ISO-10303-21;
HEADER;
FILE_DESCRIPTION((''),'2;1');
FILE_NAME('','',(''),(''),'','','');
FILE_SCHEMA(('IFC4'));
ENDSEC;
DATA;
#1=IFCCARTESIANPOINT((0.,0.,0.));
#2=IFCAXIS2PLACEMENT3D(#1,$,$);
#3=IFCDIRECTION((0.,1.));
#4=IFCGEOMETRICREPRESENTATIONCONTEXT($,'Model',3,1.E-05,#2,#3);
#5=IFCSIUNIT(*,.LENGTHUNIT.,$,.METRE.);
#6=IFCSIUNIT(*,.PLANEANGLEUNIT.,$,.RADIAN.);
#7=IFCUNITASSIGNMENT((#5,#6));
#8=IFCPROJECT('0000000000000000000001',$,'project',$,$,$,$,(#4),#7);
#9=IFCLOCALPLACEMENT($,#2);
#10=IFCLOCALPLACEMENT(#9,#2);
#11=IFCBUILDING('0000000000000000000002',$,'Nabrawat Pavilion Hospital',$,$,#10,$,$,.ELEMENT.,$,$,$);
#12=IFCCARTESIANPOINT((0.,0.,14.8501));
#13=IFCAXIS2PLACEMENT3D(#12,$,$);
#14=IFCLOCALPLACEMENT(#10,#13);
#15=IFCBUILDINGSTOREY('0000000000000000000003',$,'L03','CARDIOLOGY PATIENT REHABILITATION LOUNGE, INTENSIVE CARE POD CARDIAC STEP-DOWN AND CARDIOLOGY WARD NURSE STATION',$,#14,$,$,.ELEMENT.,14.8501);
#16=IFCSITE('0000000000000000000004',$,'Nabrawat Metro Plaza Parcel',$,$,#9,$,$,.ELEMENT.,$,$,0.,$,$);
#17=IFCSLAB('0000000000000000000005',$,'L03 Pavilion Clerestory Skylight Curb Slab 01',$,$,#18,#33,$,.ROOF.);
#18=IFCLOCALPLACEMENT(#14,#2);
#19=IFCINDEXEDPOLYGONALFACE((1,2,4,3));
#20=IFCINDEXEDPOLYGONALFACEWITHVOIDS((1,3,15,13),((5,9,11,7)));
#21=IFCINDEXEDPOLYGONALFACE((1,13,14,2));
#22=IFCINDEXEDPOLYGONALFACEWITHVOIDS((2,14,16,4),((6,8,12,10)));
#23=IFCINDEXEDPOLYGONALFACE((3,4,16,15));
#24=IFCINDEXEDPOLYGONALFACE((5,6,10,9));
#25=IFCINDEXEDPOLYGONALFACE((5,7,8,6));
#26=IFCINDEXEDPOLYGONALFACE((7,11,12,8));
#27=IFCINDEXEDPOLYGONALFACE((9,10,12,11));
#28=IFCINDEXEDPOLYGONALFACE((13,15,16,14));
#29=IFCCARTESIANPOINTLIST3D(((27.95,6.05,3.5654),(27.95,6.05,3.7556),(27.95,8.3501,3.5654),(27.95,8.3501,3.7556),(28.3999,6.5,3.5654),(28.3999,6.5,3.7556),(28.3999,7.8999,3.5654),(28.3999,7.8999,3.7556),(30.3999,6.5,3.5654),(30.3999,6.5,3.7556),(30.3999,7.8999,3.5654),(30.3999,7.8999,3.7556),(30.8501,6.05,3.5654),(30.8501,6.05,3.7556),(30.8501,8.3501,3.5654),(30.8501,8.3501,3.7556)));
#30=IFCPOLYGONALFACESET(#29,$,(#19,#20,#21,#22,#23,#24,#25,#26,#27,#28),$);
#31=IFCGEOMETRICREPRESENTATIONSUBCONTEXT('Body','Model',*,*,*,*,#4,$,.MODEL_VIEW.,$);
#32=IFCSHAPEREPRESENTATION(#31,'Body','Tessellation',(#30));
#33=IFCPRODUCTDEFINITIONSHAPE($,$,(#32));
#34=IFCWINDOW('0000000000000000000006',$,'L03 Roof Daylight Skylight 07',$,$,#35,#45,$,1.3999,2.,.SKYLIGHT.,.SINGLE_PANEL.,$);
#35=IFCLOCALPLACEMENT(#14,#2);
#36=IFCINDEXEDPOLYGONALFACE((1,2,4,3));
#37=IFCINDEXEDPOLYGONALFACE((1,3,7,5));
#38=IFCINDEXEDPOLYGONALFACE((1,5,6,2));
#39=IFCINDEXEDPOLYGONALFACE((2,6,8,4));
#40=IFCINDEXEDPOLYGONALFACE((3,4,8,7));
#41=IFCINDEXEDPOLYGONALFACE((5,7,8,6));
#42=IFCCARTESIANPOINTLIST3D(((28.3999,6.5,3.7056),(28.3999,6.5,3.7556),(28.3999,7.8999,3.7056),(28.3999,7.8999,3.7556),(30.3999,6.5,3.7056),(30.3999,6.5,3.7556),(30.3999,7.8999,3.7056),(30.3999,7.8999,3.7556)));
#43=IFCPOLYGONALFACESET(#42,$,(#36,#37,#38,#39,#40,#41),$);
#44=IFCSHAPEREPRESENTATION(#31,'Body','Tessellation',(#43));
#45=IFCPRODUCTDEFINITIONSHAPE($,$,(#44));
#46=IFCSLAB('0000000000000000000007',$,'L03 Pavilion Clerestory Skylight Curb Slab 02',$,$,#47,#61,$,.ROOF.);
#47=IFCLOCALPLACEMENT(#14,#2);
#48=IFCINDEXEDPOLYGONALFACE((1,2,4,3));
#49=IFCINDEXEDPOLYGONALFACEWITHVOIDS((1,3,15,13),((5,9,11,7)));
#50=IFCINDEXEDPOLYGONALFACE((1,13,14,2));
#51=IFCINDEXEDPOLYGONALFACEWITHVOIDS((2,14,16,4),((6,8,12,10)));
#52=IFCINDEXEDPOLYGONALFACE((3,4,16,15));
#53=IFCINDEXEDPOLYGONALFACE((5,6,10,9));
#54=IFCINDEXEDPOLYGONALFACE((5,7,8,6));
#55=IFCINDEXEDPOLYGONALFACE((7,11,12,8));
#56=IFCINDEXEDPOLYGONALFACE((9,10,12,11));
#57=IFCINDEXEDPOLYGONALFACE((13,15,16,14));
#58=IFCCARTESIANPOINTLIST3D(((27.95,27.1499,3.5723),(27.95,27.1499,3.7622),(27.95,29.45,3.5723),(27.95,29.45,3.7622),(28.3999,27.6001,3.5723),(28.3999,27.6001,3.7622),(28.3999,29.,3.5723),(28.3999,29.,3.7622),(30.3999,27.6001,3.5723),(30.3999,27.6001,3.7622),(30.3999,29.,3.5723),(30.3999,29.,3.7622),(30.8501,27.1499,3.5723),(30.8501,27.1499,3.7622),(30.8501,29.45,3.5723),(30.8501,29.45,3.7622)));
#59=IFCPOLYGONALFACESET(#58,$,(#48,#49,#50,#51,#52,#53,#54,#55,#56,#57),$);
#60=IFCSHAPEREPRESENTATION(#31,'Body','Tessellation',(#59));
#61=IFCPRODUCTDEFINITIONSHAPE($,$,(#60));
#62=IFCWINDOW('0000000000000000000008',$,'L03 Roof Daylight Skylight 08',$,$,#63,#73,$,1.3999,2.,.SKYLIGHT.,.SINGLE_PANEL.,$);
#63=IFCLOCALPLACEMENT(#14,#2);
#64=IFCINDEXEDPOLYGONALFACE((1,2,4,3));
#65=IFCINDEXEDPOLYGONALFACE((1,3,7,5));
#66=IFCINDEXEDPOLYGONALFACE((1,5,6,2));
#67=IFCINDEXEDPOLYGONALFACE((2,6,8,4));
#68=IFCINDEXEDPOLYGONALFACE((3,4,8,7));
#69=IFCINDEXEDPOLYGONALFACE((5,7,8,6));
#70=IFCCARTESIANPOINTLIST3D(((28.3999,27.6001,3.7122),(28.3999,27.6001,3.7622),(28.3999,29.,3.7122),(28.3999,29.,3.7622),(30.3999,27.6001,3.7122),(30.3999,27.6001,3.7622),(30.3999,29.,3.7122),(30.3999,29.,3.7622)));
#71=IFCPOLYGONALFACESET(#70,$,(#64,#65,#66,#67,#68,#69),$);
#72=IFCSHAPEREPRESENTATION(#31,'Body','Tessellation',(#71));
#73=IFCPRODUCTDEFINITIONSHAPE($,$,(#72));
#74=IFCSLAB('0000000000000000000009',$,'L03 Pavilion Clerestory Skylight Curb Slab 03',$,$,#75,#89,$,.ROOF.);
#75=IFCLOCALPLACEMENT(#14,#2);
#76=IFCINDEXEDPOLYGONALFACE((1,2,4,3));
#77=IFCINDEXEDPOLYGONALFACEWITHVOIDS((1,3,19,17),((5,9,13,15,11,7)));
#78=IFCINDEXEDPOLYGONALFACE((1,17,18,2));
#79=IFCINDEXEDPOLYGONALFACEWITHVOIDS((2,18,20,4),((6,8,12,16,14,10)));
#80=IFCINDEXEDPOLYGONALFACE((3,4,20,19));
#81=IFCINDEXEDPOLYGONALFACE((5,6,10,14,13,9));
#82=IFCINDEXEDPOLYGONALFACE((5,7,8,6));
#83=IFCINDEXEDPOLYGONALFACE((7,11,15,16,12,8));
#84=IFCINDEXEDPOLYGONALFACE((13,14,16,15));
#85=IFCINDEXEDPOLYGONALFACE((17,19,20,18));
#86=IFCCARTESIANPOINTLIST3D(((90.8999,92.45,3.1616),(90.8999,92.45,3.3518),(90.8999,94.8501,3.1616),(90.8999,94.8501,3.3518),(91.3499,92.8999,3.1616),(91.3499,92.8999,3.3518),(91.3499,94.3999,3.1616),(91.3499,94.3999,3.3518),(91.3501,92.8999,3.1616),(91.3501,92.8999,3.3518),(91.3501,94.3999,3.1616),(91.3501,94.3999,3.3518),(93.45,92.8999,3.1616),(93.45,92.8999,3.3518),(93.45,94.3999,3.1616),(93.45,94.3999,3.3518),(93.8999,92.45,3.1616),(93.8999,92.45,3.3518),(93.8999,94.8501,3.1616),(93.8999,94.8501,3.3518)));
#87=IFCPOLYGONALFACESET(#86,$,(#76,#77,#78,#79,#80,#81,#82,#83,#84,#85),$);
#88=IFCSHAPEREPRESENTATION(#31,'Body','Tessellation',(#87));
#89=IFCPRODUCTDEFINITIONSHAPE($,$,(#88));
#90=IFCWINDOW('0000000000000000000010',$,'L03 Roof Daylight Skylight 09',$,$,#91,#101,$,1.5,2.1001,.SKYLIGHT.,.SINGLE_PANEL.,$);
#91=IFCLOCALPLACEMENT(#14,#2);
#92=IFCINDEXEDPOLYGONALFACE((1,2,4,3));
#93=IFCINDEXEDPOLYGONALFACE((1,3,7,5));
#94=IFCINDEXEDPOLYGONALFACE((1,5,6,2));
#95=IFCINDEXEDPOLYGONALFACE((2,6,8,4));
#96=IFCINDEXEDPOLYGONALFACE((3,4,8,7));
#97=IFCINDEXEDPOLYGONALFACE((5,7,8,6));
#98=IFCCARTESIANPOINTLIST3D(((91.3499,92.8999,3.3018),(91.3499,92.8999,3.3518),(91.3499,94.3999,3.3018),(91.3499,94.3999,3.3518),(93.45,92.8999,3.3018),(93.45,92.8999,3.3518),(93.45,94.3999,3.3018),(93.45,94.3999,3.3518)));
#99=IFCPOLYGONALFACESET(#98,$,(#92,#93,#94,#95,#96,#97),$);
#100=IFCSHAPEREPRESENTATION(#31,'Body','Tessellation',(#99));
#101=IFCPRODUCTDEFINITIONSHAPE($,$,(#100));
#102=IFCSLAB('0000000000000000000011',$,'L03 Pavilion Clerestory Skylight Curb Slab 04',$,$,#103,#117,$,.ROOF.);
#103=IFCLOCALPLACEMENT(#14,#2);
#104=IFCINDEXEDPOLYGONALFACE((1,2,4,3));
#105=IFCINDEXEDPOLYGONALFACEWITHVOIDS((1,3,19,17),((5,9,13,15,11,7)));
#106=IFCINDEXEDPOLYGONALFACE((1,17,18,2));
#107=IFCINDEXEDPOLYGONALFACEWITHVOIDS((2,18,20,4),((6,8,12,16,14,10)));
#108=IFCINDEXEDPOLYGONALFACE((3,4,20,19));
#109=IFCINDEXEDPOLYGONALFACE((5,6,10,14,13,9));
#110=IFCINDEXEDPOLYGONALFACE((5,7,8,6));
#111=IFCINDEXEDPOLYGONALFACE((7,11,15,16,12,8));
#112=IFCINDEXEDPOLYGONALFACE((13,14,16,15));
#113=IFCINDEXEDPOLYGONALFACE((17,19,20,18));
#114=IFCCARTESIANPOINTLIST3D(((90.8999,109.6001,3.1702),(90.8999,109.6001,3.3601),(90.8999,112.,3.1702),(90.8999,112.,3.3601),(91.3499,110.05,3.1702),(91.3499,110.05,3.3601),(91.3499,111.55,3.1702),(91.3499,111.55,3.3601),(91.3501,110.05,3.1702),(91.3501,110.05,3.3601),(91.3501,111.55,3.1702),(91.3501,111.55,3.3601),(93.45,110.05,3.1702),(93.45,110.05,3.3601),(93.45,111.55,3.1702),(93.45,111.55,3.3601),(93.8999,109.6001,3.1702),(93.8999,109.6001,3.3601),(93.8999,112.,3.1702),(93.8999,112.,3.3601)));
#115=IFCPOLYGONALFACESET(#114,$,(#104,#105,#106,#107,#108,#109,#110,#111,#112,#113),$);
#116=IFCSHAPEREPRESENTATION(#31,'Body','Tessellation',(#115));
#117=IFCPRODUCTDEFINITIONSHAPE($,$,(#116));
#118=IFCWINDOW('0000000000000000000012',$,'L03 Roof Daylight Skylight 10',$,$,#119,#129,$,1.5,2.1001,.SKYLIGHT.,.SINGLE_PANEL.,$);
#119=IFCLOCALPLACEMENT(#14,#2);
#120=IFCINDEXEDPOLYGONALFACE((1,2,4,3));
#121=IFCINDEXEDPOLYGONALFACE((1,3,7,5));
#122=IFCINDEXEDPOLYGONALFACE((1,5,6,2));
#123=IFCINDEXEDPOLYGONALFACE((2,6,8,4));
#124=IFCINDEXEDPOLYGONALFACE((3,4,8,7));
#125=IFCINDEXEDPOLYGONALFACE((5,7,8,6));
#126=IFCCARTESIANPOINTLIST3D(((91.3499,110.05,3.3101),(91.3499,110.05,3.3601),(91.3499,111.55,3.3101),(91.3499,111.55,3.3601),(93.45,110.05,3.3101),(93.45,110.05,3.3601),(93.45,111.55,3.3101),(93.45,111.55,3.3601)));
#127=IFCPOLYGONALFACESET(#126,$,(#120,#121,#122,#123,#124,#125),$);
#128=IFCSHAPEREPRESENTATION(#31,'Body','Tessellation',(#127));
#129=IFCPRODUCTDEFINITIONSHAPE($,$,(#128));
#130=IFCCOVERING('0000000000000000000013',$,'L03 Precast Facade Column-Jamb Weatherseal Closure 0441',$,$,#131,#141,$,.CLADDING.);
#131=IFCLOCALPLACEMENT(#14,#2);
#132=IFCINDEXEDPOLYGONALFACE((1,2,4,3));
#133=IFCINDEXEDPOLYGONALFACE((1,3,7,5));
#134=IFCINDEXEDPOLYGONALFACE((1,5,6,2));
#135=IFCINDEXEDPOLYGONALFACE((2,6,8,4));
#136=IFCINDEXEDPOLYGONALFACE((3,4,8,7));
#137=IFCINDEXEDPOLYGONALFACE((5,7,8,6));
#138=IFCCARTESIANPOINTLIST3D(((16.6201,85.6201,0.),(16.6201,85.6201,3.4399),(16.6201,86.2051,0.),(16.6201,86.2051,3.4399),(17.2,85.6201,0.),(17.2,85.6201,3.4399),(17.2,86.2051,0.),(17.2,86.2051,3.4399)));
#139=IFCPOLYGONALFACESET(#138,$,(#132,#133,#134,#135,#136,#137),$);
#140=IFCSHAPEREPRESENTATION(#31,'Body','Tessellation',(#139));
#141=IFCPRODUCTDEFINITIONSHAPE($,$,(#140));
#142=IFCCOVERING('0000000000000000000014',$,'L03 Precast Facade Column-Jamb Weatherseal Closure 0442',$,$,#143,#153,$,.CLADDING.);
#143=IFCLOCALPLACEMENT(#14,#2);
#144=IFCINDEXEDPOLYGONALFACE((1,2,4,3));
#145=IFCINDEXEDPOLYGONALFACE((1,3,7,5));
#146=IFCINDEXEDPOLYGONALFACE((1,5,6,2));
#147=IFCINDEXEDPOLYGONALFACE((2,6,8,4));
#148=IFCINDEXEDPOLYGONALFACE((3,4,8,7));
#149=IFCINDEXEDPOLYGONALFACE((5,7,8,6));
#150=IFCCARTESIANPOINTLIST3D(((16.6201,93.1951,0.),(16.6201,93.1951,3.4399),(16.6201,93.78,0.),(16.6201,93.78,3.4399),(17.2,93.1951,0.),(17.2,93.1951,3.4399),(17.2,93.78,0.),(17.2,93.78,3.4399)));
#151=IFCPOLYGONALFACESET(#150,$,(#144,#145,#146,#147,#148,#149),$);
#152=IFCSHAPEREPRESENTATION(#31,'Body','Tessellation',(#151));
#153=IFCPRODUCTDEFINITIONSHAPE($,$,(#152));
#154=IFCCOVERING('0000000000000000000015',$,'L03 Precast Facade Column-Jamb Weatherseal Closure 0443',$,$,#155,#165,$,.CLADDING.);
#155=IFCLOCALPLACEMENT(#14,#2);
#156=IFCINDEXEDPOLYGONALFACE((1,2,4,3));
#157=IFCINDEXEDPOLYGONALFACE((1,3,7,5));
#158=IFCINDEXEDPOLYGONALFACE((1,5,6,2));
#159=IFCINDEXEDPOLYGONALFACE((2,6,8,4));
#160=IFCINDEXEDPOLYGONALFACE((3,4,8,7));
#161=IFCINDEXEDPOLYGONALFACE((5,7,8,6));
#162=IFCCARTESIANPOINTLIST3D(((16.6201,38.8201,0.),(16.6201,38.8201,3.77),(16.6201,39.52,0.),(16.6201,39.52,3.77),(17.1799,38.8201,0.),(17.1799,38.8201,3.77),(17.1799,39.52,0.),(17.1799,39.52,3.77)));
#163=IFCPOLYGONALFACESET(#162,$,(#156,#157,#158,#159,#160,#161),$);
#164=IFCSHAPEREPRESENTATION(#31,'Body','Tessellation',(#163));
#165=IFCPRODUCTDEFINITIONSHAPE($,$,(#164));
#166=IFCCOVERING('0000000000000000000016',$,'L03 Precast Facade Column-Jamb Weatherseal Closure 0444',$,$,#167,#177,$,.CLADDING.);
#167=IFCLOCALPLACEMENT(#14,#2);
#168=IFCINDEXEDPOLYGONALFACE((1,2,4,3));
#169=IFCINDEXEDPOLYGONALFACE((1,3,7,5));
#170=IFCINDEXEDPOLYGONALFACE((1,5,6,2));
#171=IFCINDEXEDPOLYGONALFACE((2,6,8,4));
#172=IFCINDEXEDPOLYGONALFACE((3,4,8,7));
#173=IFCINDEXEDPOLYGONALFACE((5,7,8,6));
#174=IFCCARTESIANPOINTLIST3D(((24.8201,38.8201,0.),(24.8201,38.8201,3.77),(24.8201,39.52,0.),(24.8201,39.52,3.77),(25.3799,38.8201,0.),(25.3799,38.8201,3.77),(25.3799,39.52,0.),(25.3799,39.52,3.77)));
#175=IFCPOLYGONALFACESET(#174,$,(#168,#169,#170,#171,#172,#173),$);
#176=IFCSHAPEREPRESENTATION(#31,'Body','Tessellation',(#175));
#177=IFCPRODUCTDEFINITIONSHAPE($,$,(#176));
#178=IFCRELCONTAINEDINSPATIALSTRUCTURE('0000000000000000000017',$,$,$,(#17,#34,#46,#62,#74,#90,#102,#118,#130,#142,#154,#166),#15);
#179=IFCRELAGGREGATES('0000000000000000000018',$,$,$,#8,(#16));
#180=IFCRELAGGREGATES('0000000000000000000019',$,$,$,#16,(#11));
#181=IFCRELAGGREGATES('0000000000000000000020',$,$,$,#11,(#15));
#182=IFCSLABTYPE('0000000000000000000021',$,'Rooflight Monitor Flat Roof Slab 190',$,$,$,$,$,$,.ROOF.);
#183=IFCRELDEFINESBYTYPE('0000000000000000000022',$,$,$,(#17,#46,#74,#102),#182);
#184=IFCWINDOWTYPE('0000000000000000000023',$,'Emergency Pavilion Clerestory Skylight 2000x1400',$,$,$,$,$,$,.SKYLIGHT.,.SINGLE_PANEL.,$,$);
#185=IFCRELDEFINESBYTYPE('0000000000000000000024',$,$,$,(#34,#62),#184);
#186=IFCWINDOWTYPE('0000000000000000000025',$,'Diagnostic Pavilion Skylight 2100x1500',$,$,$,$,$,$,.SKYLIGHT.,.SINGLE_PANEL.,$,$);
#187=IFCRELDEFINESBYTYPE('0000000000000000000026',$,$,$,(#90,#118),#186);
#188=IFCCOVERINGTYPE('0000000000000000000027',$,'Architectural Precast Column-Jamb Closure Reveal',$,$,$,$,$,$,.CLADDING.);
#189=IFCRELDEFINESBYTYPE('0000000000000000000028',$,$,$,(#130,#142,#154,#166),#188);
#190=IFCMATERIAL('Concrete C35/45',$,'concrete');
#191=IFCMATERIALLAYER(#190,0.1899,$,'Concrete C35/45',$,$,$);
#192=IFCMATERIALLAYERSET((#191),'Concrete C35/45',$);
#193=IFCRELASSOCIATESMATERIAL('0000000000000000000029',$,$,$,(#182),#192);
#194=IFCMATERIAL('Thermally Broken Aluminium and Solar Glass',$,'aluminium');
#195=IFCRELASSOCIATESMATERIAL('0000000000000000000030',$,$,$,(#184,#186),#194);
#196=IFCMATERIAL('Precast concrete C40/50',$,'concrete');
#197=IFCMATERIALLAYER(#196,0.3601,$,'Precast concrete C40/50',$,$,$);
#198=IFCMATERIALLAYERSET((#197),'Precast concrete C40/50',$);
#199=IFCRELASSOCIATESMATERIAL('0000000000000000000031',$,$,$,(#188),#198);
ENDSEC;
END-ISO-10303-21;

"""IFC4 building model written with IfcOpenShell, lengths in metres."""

from ifc_helpers import new_model, si_unit, direction, frame, origin, origin_2d, place, context, subcontext, project, spatial, polyline, rectangle, outline, extrude, material, layer, layer_set, type_object, element, fill, save


model = new_model("IFC4")

# Units and contexts
model_context = context("Model", 3, precision=1e-05, world=origin(), true_north=direction((0.0, 1.0)))
body_context = subcontext(model_context, "Body", "Model", "MODEL_VIEW")
ifc_project = project(units=[si_unit("LENGTHUNIT", "METRE"), si_unit("PLANEANGLEUNIT", "RADIAN")], contexts=[model_context])

# Site, building, storey
site_placement = place(None, origin())
site = spatial("IfcSite", under=ifc_project, at=site_placement, Name="Nabrawat Metro Plaza Parcel", CompositionType="ELEMENT", RefElevation=0.0)
building_placement = place(site_placement, origin())
building = spatial("IfcBuilding", under=site, at=building_placement, Name="Nabrawat Pavilion Hospital", CompositionType="ELEMENT")
storey_placement = place(building_placement, frame((0.0, 0.0, 14.8501)))
storey = spatial("IfcBuildingStorey", under=building, at=storey_placement, Name="L03", Description="CARDIOLOGY PATIENT REHABILITATION LOUNGE, INTENSIVE CARE POD CARDIAC STEP-DOWN AND CARDIOLOGY WARD NURSE STATION", CompositionType="ELEMENT", Elevation=14.8501)

# Slabs, openings, windows
ifc_material_1 = material(Name="Concrete C35/45", Category="concrete")
ifc_layer_1 = layer(ifc_material_1, 0.1899, Name="Concrete C35/45")
ifc_layer_set_1 = layer_set([ifc_layer_1], Name="Concrete C35/45")
slab_type = type_object("IfcSlabType", Name="Rooflight Monitor Flat Roof Slab 190", PredefinedType="ROOF", material=ifc_layer_set_1)
slab_1_placement = place(storey_placement, frame((0.0, 0.0, 3.5654)))
slab_1 = element("IfcSlab", 1, at=slab_1_placement, inside=storey, type_object=slab_type, Name="L03 Pavilion Clerestory Skylight Curb Slab 01", PredefinedType="ROOF", context=body_context, shape_type="SweptSolid", body=[
    extrude(outline(polyline([(27.95, 6.05), (30.8501, 6.05), (30.8501, 8.3501), (27.95, 8.3501), (27.95, 6.05)]), holes=[polyline([(28.3999, 6.5), (28.3999, 7.8999), (30.3999, 7.8999), (30.3999, 6.5), (28.3999, 6.5)])]), origin(), (0.0, 0.0, 1.0), 0.1902),
])
opening_1_placement = place(slab_1_placement, frame((29.3999, 7.2, -0.01)))
opening_1 = element("IfcOpeningElement", 2, at=opening_1_placement, cuts=slab_1, PredefinedType="OPENING", context=body_context, shape_type="SweptSolid", body=[
    extrude(rectangle(XDim=2.0, YDim=1.3999, at=origin_2d()), origin(), (0.0, 0.0, 1.0), 0.2102),
])
ifc_material_2 = material(Name="Thermally Broken Aluminium and Solar Glass", Category="aluminium")
window_type_1 = type_object("IfcWindowType", Name="Emergency Pavilion Clerestory Skylight 2000x1400", PartitioningType="SINGLE_PANEL", PredefinedType="SKYLIGHT", material=ifc_material_2)
window_1_placement = place(opening_1_placement, frame((0.0, 0.0, 0.1501)))
window_1 = element("IfcWindow", 3, at=window_1_placement, inside=storey, type_object=window_type_1, Name="L03 Roof Daylight Skylight 07", OverallHeight=1.3999, OverallWidth=2.0, PartitioningType="SINGLE_PANEL", PredefinedType="SKYLIGHT", context=body_context, shape_type="SweptSolid", body=[
    extrude(rectangle(XDim=2.0, YDim=1.3999, at=origin_2d()), origin(), (0.0, 0.0, 1.0), 0.05),
])
fill(opening_1, window_1)
slab_2_placement = place(storey_placement, frame((0.0, 0.0, 3.5723)))
slab_2 = element("IfcSlab", 4, at=slab_2_placement, inside=storey, type_object=slab_type, Name="L03 Pavilion Clerestory Skylight Curb Slab 02", PredefinedType="ROOF", context=body_context, shape_type="SweptSolid", body=[
    extrude(outline(polyline([(27.95, 27.1499), (30.8501, 27.1499), (30.8501, 29.45), (27.95, 29.45), (27.95, 27.1499)]), holes=[polyline([(28.3999, 27.6001), (28.3999, 29.0), (30.3999, 29.0), (30.3999, 27.6001), (28.3999, 27.6001)])]), origin(), (0.0, 0.0, 1.0), 0.1899),
])
opening_2_placement = place(slab_2_placement, frame((29.3999, 28.3, -0.01)))
opening_2 = element("IfcOpeningElement", 5, at=opening_2_placement, cuts=slab_2, PredefinedType="OPENING", context=body_context, shape_type="SweptSolid", body=[
    extrude(rectangle(XDim=2.0, YDim=1.3999, at=origin_2d()), origin(), (0.0, 0.0, 1.0), 0.21),
])
window_2_placement = place(opening_2_placement, frame((0.0, 0.0, 0.1499)))
window_2 = element("IfcWindow", 6, at=window_2_placement, inside=storey, type_object=window_type_1, Name="L03 Roof Daylight Skylight 08", OverallHeight=1.3999, OverallWidth=2.0, PartitioningType="SINGLE_PANEL", PredefinedType="SKYLIGHT", context=body_context, shape_type="SweptSolid", body=[
    extrude(rectangle(XDim=2.0, YDim=1.3999, at=origin_2d()), origin(), (0.0, 0.0, 1.0), 0.05),
])
fill(opening_2, window_2)
slab_3_placement = place(storey_placement, frame((0.0, 0.0, 3.1616)))
slab_3 = element("IfcSlab", 7, at=slab_3_placement, inside=storey, type_object=slab_type, Name="L03 Pavilion Clerestory Skylight Curb Slab 03", PredefinedType="ROOF", context=body_context, shape_type="SweptSolid", body=[
    extrude(outline(polyline([(90.8999, 92.45), (93.8999, 92.45), (93.8999, 94.8501), (90.8999, 94.8501), (90.8999, 92.45)]), holes=[polyline([(91.3501, 92.8999), (91.3501, 94.3999), (93.45, 94.3999), (93.45, 92.8999), (91.3501, 92.8999)])]), origin(), (0.0, 0.0, 1.0), 0.1902),
])
opening_3_placement = place(slab_3_placement, frame((92.3999, 93.6499, -0.01)))
opening_3 = element("IfcOpeningElement", 8, at=opening_3_placement, cuts=slab_3, PredefinedType="OPENING", context=body_context, shape_type="SweptSolid", body=[
    extrude(rectangle(XDim=2.1001, YDim=1.5, at=origin_2d()), origin(), (0.0, 0.0, 1.0), 0.2102),
])
window_type_2 = type_object("IfcWindowType", Name="Diagnostic Pavilion Skylight 2100x1500", PartitioningType="SINGLE_PANEL", PredefinedType="SKYLIGHT", material=ifc_material_2)
window_3_placement = place(opening_3_placement, frame((0.0, 0.0, 0.1501)))
window_3 = element("IfcWindow", 9, at=window_3_placement, inside=storey, type_object=window_type_2, Name="L03 Roof Daylight Skylight 09", OverallHeight=1.5, OverallWidth=2.1001, PartitioningType="SINGLE_PANEL", PredefinedType="SKYLIGHT", context=body_context, shape_type="SweptSolid", body=[
    extrude(rectangle(XDim=2.1001, YDim=1.5, at=origin_2d()), origin(), (0.0, 0.0, 1.0), 0.05),
])
fill(opening_3, window_3)
slab_4_placement = place(storey_placement, frame((0.0, 0.0, 3.1702)))
slab_4 = element("IfcSlab", 10, at=slab_4_placement, inside=storey, type_object=slab_type, Name="L03 Pavilion Clerestory Skylight Curb Slab 04", PredefinedType="ROOF", context=body_context, shape_type="SweptSolid", body=[
    extrude(outline(polyline([(90.8999, 109.6001), (93.8999, 109.6001), (93.8999, 112.0), (90.8999, 112.0), (90.8999, 109.6001)]), holes=[polyline([(91.3501, 110.05), (91.3501, 111.55), (93.45, 111.55), (93.45, 110.05), (91.3501, 110.05)])]), origin(), (0.0, 0.0, 1.0), 0.1899),
])
opening_4_placement = place(slab_4_placement, frame((92.3999, 110.8, -0.01)))
opening_4 = element("IfcOpeningElement", 11, at=opening_4_placement, cuts=slab_4, PredefinedType="OPENING", context=body_context, shape_type="SweptSolid", body=[
    extrude(rectangle(XDim=2.1001, YDim=1.5, at=origin_2d()), origin(), (0.0, 0.0, 1.0), 0.21),
])
window_4_placement = place(opening_4_placement, frame((0.0, 0.0, 0.1499)))
window_4 = element("IfcWindow", 12, at=window_4_placement, inside=storey, type_object=window_type_2, Name="L03 Roof Daylight Skylight 10", OverallHeight=1.5, OverallWidth=2.1001, PartitioningType="SINGLE_PANEL", PredefinedType="SKYLIGHT", context=body_context, shape_type="SweptSolid", body=[
    extrude(rectangle(XDim=2.1001, YDim=1.5, at=origin_2d()), origin(), (0.0, 0.0, 1.0), 0.05),
])
fill(opening_4, window_4)

# Coverings
ifc_material_3 = material(Name="Precast concrete C40/50", Category="concrete")
ifc_layer_2 = layer(ifc_material_3, 0.3601, Name="Precast concrete C40/50")
ifc_layer_set_2 = layer_set([ifc_layer_2], Name="Precast concrete C40/50")
covering_type = type_object("IfcCoveringType", Name="Architectural Precast Column-Jamb Closure Reveal", PredefinedType="CLADDING", material=ifc_layer_set_2)
covering_1_placement = place(storey_placement, origin())
element("IfcCovering", 13, at=covering_1_placement, inside=storey, type_object=covering_type, Name="L03 Precast Facade Column-Jamb Weatherseal Closure 0441", PredefinedType="CLADDING", context=body_context, shape_type="SweptSolid", body=[
    extrude(outline(polyline([(17.2, 85.6201), (17.2, 86.2051), (16.6201, 86.2051), (16.6201, 85.6201), (17.2, 85.6201)])), origin(), (0.0, 0.0, 1.0), 3.4399),
])
covering_2_placement = place(storey_placement, origin())
element("IfcCovering", 14, at=covering_2_placement, inside=storey, type_object=covering_type, Name="L03 Precast Facade Column-Jamb Weatherseal Closure 0442", PredefinedType="CLADDING", context=body_context, shape_type="SweptSolid", body=[
    extrude(outline(polyline([(17.2, 93.1951), (17.2, 93.78), (16.6201, 93.78), (16.6201, 93.1951), (17.2, 93.1951)])), origin(), (0.0, 0.0, 1.0), 3.4399),
])
covering_3_placement = place(storey_placement, origin())
element("IfcCovering", 15, at=covering_3_placement, inside=storey, type_object=covering_type, Name="L03 Precast Facade Column-Jamb Weatherseal Closure 0443", PredefinedType="CLADDING", context=body_context, shape_type="SweptSolid", body=[
    extrude(outline(polyline([(17.1799, 38.8201), (17.1799, 39.52), (16.6201, 39.52), (16.6201, 38.8201), (17.1799, 38.8201)])), origin(), (0.0, 0.0, 1.0), 3.77),
])
covering_4_placement = place(storey_placement, origin())
element("IfcCovering", 16, at=covering_4_placement, inside=storey, type_object=covering_type, Name="L03 Precast Facade Column-Jamb Weatherseal Closure 0444", PredefinedType="CLADDING", context=body_context, shape_type="SweptSolid", body=[
    extrude(outline(polyline([(25.3799, 38.8201), (25.3799, 39.52), (24.8201, 39.52), (24.8201, 38.8201), (25.3799, 38.8201)])), origin(), (0.0, 0.0, 1.0), 3.77),
])

save(model, "model.ifc")
